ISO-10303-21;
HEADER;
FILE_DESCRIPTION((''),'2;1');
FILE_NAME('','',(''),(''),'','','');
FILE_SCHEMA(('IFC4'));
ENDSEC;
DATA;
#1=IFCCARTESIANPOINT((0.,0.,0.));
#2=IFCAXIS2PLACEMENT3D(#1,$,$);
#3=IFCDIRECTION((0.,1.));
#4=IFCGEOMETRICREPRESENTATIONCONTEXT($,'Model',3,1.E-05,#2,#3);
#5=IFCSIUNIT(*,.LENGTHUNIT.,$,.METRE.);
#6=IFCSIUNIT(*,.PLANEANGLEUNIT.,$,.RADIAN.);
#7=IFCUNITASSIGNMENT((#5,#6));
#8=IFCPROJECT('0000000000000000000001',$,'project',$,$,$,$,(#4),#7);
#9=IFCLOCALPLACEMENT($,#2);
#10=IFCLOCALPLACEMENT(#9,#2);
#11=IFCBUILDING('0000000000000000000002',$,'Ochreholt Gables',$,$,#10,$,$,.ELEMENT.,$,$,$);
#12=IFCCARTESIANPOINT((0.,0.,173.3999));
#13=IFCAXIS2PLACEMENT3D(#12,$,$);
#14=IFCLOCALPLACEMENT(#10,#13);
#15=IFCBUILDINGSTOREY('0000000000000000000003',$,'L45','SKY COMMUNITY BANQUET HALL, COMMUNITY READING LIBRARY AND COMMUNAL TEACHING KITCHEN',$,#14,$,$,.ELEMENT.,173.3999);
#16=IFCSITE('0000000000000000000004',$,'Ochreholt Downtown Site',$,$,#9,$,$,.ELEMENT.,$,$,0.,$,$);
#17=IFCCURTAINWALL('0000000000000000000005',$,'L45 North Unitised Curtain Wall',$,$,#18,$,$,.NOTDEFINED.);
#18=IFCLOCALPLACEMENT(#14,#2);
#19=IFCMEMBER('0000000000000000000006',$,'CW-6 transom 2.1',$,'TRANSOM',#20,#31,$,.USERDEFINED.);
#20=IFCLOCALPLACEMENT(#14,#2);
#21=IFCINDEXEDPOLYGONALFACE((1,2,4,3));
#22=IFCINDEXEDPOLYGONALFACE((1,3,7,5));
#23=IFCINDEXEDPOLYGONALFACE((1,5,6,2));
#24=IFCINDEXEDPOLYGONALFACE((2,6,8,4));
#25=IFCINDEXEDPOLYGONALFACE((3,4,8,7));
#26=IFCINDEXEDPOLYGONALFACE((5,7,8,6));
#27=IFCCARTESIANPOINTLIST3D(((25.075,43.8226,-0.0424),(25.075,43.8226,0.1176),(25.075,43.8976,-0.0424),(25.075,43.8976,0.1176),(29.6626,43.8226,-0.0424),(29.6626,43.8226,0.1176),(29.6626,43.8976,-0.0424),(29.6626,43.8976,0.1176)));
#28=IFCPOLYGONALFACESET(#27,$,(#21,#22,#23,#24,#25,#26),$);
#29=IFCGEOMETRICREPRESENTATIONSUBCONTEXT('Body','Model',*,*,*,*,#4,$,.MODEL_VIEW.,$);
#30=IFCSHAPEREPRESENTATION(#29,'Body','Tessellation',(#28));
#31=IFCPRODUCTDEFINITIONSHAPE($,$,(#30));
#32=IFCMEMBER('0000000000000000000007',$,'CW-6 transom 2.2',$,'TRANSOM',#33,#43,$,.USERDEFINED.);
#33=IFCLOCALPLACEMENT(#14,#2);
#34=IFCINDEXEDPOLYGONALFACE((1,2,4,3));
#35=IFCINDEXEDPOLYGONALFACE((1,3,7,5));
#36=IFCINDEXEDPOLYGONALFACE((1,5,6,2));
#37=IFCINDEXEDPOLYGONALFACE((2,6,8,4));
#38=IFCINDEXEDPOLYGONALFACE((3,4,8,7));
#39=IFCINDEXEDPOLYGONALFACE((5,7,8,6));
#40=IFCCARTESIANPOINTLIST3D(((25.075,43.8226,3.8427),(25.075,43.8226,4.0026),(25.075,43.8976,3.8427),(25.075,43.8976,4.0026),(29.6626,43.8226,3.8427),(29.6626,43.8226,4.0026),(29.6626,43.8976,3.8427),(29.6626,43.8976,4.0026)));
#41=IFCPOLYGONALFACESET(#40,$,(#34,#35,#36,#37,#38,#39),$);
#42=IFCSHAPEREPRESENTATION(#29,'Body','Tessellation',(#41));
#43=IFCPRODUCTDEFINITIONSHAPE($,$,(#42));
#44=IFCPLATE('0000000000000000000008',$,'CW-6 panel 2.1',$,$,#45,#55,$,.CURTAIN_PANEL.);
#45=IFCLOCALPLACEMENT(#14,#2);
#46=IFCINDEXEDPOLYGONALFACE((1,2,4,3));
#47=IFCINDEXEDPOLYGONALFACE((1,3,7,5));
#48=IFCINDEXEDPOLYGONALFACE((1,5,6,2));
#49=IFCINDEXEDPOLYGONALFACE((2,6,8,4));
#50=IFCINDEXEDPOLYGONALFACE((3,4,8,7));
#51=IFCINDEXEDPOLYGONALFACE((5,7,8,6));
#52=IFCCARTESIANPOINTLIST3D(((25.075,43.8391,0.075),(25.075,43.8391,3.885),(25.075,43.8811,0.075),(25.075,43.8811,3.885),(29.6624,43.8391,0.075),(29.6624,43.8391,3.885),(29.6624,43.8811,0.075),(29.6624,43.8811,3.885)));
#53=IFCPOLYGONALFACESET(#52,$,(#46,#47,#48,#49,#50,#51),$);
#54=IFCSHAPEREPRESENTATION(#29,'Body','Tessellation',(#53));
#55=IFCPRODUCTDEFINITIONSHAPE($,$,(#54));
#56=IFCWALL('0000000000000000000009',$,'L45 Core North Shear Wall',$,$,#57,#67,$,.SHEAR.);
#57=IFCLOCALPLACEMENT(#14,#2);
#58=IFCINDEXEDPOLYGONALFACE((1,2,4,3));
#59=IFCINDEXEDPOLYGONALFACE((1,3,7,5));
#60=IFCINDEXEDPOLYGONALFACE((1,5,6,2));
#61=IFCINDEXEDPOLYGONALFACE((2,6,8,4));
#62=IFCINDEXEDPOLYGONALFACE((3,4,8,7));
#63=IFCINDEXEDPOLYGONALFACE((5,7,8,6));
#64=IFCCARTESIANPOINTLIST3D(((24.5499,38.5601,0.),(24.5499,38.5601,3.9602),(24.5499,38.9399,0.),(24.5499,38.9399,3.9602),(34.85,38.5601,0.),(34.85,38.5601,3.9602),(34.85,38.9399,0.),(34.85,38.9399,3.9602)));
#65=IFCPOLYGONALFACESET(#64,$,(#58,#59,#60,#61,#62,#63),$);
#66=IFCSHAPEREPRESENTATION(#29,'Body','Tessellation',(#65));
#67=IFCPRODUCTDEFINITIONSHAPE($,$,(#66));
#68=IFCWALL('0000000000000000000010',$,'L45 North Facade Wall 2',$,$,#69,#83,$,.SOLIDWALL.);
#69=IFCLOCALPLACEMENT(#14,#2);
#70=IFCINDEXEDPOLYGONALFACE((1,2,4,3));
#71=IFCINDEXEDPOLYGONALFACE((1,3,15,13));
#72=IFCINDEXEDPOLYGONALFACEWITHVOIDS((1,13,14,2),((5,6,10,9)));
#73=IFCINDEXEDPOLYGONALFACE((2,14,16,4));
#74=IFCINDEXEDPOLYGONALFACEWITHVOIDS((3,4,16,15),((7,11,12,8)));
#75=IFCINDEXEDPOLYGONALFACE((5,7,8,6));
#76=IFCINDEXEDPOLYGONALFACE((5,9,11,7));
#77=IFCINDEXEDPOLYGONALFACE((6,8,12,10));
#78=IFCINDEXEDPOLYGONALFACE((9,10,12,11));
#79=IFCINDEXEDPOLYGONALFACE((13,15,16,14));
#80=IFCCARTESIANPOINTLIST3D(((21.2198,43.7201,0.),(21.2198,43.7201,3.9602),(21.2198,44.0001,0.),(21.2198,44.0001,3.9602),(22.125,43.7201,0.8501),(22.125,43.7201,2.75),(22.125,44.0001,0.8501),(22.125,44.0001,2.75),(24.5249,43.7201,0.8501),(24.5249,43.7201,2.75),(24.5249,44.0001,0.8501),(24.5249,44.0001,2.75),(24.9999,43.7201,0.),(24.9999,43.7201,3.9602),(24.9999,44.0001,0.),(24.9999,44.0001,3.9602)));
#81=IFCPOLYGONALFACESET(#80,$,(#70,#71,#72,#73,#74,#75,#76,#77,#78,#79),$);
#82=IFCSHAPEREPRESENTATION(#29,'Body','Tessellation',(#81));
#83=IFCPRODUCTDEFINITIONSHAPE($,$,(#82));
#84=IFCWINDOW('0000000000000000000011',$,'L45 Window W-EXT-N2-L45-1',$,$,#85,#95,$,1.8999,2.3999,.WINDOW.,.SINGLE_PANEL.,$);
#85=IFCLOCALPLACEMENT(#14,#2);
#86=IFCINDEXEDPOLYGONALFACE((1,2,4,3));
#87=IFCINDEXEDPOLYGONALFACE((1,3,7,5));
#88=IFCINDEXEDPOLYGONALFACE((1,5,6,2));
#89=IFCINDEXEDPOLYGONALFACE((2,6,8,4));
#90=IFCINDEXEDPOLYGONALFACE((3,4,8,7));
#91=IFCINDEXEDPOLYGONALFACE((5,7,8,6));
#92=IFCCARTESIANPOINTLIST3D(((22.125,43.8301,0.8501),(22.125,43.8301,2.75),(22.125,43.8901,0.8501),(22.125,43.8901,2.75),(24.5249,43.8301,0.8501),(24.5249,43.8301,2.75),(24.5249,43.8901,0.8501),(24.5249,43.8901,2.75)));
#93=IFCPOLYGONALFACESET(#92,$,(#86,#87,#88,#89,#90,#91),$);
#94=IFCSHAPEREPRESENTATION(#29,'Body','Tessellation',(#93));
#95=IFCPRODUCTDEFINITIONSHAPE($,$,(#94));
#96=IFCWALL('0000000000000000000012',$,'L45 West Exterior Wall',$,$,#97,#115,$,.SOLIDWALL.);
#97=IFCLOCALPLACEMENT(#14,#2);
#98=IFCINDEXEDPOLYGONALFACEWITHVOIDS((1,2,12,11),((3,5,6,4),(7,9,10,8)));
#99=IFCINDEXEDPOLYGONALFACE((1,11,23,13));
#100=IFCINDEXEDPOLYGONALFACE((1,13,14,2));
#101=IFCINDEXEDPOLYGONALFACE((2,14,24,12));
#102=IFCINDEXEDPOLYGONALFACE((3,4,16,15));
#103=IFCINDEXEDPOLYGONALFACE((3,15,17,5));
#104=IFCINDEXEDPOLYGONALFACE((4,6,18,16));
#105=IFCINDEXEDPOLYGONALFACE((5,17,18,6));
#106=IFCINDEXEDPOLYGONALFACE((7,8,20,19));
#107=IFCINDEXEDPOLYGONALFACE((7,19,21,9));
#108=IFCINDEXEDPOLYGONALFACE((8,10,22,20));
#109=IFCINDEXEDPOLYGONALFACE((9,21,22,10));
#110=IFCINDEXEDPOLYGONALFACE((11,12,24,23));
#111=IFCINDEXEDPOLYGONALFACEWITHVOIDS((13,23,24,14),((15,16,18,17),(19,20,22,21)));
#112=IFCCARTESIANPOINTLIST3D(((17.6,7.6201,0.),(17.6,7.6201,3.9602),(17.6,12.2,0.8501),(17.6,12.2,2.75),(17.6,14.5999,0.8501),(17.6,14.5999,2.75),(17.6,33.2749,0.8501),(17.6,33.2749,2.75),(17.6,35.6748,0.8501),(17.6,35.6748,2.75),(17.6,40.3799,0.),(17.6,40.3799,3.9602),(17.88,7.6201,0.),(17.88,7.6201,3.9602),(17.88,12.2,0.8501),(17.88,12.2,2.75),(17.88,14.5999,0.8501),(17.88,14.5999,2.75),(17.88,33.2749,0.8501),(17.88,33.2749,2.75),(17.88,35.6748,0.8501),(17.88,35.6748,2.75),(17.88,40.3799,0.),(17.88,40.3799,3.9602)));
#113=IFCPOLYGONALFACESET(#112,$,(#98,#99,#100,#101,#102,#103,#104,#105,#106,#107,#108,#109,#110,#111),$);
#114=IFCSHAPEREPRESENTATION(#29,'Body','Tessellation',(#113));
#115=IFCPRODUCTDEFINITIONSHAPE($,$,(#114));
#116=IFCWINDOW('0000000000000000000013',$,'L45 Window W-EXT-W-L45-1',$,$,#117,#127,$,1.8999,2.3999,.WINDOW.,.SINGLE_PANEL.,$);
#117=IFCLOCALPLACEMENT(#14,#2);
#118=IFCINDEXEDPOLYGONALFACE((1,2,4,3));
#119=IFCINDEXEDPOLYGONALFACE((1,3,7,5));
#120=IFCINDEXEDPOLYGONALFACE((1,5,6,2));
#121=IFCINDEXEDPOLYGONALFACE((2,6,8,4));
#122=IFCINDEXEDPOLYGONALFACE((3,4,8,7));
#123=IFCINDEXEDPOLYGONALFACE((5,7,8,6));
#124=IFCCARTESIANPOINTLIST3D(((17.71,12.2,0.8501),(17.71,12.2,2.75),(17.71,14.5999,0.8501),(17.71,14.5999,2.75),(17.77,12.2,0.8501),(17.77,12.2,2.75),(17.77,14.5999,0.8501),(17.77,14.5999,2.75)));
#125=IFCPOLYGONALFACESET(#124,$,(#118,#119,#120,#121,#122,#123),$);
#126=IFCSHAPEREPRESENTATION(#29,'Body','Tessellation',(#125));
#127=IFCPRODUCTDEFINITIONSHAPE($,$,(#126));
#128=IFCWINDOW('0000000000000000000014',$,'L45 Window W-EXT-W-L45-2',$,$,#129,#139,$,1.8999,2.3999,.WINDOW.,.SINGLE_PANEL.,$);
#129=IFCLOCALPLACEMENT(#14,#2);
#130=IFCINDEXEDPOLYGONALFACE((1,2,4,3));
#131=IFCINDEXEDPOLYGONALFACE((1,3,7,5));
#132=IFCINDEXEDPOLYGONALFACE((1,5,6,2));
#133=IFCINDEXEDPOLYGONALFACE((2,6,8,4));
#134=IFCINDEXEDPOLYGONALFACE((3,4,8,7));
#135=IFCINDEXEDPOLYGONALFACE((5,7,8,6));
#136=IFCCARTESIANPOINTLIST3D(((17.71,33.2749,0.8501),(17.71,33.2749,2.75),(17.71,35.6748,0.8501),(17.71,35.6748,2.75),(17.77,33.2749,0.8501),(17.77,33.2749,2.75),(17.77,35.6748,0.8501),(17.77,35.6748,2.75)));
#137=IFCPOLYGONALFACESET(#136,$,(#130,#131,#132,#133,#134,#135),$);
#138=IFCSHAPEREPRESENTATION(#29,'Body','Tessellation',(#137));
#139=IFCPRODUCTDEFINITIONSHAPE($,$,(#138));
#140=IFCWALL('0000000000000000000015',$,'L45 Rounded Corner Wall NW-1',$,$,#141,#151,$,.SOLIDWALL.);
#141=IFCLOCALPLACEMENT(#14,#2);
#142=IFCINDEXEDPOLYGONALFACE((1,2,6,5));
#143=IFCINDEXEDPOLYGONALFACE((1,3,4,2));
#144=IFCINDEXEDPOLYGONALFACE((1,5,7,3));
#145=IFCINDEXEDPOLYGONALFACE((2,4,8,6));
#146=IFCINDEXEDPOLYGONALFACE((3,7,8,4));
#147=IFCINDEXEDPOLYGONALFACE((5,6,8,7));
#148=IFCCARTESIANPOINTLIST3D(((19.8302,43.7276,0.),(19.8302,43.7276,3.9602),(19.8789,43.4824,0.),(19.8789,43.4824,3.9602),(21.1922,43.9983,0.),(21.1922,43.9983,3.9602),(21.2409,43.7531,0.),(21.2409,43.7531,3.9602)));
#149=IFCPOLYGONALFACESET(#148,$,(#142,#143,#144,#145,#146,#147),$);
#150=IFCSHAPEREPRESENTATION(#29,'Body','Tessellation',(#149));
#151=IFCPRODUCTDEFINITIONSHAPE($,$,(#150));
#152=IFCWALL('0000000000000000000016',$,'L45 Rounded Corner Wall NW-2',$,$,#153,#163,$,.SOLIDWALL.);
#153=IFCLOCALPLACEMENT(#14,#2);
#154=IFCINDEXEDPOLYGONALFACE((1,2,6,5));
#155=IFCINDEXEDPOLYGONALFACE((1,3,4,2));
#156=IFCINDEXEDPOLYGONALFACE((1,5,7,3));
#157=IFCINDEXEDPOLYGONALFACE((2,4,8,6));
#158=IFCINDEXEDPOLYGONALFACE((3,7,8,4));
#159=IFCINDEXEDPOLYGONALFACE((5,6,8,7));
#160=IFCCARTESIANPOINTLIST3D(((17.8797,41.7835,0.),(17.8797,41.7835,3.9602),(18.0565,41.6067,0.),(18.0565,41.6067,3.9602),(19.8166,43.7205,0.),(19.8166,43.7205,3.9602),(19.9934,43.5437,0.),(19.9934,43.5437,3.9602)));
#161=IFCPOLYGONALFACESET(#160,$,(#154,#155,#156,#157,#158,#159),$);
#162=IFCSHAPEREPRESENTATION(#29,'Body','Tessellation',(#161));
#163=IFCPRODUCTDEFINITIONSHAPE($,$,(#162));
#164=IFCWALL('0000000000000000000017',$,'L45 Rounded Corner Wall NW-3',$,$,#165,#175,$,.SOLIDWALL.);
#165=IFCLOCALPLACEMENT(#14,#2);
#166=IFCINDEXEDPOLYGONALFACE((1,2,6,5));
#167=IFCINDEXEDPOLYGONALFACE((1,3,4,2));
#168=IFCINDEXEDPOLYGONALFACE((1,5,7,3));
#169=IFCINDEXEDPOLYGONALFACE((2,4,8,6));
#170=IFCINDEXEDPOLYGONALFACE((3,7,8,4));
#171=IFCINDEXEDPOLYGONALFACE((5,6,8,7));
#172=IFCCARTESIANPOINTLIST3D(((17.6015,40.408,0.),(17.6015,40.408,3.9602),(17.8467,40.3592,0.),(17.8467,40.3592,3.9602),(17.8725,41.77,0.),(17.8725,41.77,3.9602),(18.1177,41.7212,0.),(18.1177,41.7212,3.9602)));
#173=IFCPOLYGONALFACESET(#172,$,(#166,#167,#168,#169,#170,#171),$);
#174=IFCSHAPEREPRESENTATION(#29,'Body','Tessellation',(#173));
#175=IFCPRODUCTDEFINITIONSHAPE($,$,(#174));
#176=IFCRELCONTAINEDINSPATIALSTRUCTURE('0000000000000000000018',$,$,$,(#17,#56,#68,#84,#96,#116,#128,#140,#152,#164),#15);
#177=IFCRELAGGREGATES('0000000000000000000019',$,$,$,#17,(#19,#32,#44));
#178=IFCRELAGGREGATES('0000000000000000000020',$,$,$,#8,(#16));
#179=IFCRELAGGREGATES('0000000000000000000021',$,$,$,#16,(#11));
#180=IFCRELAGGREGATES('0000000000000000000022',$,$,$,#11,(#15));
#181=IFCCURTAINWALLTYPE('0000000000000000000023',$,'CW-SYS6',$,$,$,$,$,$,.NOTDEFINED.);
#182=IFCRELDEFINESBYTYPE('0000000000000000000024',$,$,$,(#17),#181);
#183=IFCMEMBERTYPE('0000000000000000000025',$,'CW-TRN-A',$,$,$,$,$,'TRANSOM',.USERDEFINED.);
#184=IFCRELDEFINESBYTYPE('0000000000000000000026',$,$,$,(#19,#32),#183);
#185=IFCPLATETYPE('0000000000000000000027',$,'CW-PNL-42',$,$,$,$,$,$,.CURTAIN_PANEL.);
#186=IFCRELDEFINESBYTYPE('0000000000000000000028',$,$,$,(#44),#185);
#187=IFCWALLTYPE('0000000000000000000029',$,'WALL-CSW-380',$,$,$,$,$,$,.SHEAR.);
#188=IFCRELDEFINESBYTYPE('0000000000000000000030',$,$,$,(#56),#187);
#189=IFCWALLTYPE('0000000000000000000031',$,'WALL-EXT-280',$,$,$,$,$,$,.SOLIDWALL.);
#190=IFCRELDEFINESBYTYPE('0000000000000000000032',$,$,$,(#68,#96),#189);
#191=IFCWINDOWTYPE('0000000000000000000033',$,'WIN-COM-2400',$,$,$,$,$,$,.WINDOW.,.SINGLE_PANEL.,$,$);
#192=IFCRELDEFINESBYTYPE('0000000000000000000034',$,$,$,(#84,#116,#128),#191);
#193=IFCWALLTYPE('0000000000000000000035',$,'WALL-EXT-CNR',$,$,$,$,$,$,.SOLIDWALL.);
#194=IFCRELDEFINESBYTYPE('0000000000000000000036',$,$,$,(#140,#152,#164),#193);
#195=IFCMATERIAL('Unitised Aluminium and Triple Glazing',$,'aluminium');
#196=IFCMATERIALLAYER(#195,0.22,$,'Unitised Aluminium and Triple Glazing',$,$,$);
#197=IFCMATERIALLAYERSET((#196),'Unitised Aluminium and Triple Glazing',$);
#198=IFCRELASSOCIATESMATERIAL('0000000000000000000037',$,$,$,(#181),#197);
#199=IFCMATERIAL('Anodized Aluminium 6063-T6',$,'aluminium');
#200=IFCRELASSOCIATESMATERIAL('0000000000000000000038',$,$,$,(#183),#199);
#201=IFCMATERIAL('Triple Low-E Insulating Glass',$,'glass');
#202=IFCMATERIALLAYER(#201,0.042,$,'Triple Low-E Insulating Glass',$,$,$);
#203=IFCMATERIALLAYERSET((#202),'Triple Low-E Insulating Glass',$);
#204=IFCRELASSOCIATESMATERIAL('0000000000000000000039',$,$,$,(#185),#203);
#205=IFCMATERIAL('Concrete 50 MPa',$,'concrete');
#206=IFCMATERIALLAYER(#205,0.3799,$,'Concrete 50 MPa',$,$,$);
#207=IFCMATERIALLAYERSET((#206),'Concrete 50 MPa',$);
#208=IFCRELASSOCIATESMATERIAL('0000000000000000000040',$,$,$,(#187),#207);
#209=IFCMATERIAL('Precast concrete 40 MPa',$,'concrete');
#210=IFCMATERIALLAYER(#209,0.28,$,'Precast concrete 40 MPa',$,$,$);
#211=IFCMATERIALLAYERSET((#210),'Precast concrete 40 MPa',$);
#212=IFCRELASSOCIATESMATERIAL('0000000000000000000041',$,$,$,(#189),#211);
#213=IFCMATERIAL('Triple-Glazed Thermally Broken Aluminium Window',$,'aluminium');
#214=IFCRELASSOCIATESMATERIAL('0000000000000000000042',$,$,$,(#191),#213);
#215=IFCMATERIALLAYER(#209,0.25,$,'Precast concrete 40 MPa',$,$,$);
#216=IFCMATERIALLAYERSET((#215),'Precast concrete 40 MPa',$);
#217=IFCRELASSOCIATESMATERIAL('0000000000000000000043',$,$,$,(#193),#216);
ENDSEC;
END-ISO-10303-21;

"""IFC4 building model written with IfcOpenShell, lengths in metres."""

from ifc_helpers import new_model, si_unit, direction, frame, frame_2d, origin, origin_2d, place, context, subcontext, project, spatial, rectangle, extrude, material, layer, layer_set, material_profile, profile_set, type_object, element, fill, aggregate, save


model = new_model("IFC4")

# Units and contexts
model_context = context("Model", 3, precision=1e-05, world=origin(), true_north=direction((0.0, 1.0)))
body_context = subcontext(model_context, "Body", "Model", "MODEL_VIEW")
ifc_project = project(units=[si_unit("LENGTHUNIT", "METRE"), si_unit("PLANEANGLEUNIT", "RADIAN")], contexts=[model_context])

# Site, building, storey
site_placement = place(None, origin())
site = spatial("IfcSite", under=ifc_project, at=site_placement, Name="Ochreholt Downtown Site", CompositionType="ELEMENT", RefElevation=0.0)
building_placement = place(site_placement, origin())
building = spatial("IfcBuilding", under=site, at=building_placement, Name="Ochreholt Gables", CompositionType="ELEMENT")
storey_placement = place(building_placement, frame((0.0, 0.0, 173.3999)))
storey = spatial("IfcBuildingStorey", under=building, at=storey_placement, Name="L45", Description="SKY COMMUNITY BANQUET HALL, COMMUNITY READING LIBRARY AND COMMUNAL TEACHING KITCHEN", CompositionType="ELEMENT", Elevation=173.3999)

# Shared definitions
ifc_material_1 = material(Name="Concrete 50 MPa", Category="concrete")

# Curtain wall, members, plate
ifc_material_2 = material(Name="Unitised Aluminium and Triple Glazing", Category="aluminium")
ifc_layer_1 = layer(ifc_material_2, 0.22, Name="Unitised Aluminium and Triple Glazing")
ifc_layer_set_1 = layer_set([ifc_layer_1], Name="Unitised Aluminium and Triple Glazing")
curtain_wall_type = type_object("IfcCurtainWallType", Name="CW-SYS6", PredefinedType="NOTDEFINED", material=ifc_layer_set_1)
curtain_wall_placement = place(storey_placement, origin())
curtain_wall = element("IfcCurtainWall", 1, at=curtain_wall_placement, inside=storey, type_object=curtain_wall_type, Name="L45 North Unitised Curtain Wall", PredefinedType="NOTDEFINED")
ifc_material_3 = material(Name="Anodized Aluminium 6063-T6", Category="aluminium")
ifc_material_profile_1 = material_profile(ifc_material_3, rectangle(XDim=0.075, YDim=0.1599, at=origin_2d()), Name="CWT75X160")
ifc_profile_set_1 = profile_set([ifc_material_profile_1], Name="Anodized Aluminium 6063-T6")
member_type_1 = type_object("IfcMemberType", Name="CW-TRN-A", ElementType="TRANSOM", PredefinedType="USERDEFINED", material=ifc_profile_set_1)
member_1_placement = place(storey_placement, frame((29.6626, 43.8601, 0.0376), z_axis=(-1.0, 0.0, 0.0), x_axis=(0.0, -1.0, 0.0)))
member_1 = element("IfcMember", 2, at=member_1_placement, type_object=member_type_1, Name="CW-6 transom 2.1", ObjectType="TRANSOM", PredefinedType="USERDEFINED", context=body_context, shape_type="SweptSolid", body=[
    extrude(rectangle(XDim=0.075, YDim=0.1599, at=origin_2d()), origin(), (0.0, 0.0, 1.0), 4.5876),
])
member_2_placement = place(storey_placement, frame((29.6626, 43.8601, 3.9226), z_axis=(-1.0, 0.0, 0.0), x_axis=(0.0, -1.0, 0.0)))
member_2 = element("IfcMember", 3, at=member_2_placement, type_object=member_type_1, Name="CW-6 transom 2.2", ObjectType="TRANSOM", PredefinedType="USERDEFINED", context=body_context, shape_type="SweptSolid", body=[
    extrude(rectangle(XDim=0.075, YDim=0.1599, at=origin_2d()), origin(), (0.0, 0.0, 1.0), 4.5876),
])
ifc_material_4 = material(Name="Triple Low-E Insulating Glass", Category="glass")
ifc_layer_2 = layer(ifc_material_4, 0.042, Name="Triple Low-E Insulating Glass")
ifc_layer_set_2 = layer_set([ifc_layer_2], Name="Triple Low-E Insulating Glass")
plate_type = type_object("IfcPlateType", Name="CW-PNL-42", PredefinedType="CURTAIN_PANEL", material=ifc_layer_set_2)
plate_placement = place(storey_placement, frame((27.3687, 43.8601, 0.075), z_axis=(0.0, 0.0, 1.0), x_axis=(-1.0, 0.0, 0.0)))
plate = element("IfcPlate", 4, at=plate_placement, type_object=plate_type, Name="CW-6 panel 2.1", PredefinedType="CURTAIN_PANEL", context=body_context, shape_type="SweptSolid", body=[
    extrude(rectangle(XDim=4.5874, YDim=0.042, at=origin_2d()), origin(), (0.0, 0.0, 1.0), 3.8101),
])
aggregate(curtain_wall, [member_1, member_2, plate])

# Wall
ifc_layer_3 = layer(ifc_material_1, 0.3799, Name="Concrete 50 MPa")
ifc_layer_set_3 = layer_set([ifc_layer_3], Name="Concrete 50 MPa")
wall_type_1 = type_object("IfcWallType", Name="WALL-CSW-380", PredefinedType="SHEAR", material=ifc_layer_set_3)
wall_1_placement = place(storey_placement, frame((24.55, 38.75, 0.0), z_axis=(0.0, 0.0, 1.0), x_axis=(1.0, 0.0, 0.0)))
element("IfcWall", 5, at=wall_1_placement, inside=storey, type_object=wall_type_1, Name="L45 Core North Shear Wall", PredefinedType="SHEAR", context=body_context, shape_type="SweptSolid", body=[
    extrude(rectangle(XDim=10.3, YDim=0.3799, at=frame_2d((5.1499, 0.0))), origin(), (0.0, 0.0, 1.0), 3.9602),
])

# Wall, opening, window
ifc_material_5 = material(Name="Precast concrete 40 MPa", Category="concrete")
ifc_layer_4 = layer(ifc_material_5, 0.28, Name="Precast concrete 40 MPa")
ifc_layer_set_4 = layer_set([ifc_layer_4], Name="Precast concrete 40 MPa")
wall_type_2 = type_object("IfcWallType", Name="WALL-EXT-280", PredefinedType="SOLIDWALL", material=ifc_layer_set_4)
wall_2_placement = place(storey_placement, frame((25.0, 43.8601, 0.0), z_axis=(0.0, 0.0, 1.0), x_axis=(-1.0, 0.0, 0.0)))
wall_2 = element("IfcWall", 6, at=wall_2_placement, inside=storey, type_object=wall_type_2, Name="L45 North Facade Wall 2", PredefinedType="SOLIDWALL", context=body_context, shape_type="SweptSolid", body=[
    extrude(rectangle(XDim=3.78, YDim=0.28, at=frame_2d((1.8901, 0.0))), origin(), (0.0, 0.0, 1.0), 3.9602),
])
opening_1_placement = place(wall_2_placement, frame((0.4751, 0.0, 0.8501)))
opening_1 = element("IfcOpeningElement", 7, at=opening_1_placement, cuts=wall_2, PredefinedType="OPENING", context=body_context, shape_type="SweptSolid", body=[
    extrude(rectangle(XDim=2.3999, YDim=1.8999, at=frame_2d((1.2, 0.95))), frame((0.0, 0.1499, 0.0), z_axis=(0.0, -1.0, 0.0), x_axis=(1.0, 0.0, 0.0)), (0.0, 0.0, 1.0), 0.3),
])
ifc_material_6 = material(Name="Triple-Glazed Thermally Broken Aluminium Window", Category="aluminium")
window_type = type_object("IfcWindowType", Name="WIN-COM-2400", PartitioningType="SINGLE_PANEL", PredefinedType="WINDOW", material=ifc_material_6)
window_1_placement = place(opening_1_placement, origin())
window_1 = element("IfcWindow", 8, at=window_1_placement, inside=storey, type_object=window_type, Name="L45 Window W-EXT-N2-L45-1", OverallHeight=1.8999, OverallWidth=2.3999, PartitioningType="SINGLE_PANEL", PredefinedType="WINDOW", context=body_context, shape_type="SweptSolid", body=[
    extrude(rectangle(XDim=2.3999, YDim=1.8999, at=frame_2d((1.2, 0.95))), frame((0.0, 0.03, 0.0), z_axis=(0.0, -1.0, 0.0), x_axis=(1.0, 0.0, 0.0)), (0.0, 0.0, 1.0), 0.0601),
])
fill(opening_1, window_1)

# Wall, openings, windows
wall_3_placement = place(storey_placement, frame((17.74, 40.3799, 0.0), z_axis=(0.0, 0.0, 1.0), x_axis=(0.0, -1.0, 0.0)))
wall_3 = element("IfcWall", 9, at=wall_3_placement, inside=storey, type_object=wall_type_2, Name="L45 West Exterior Wall", PredefinedType="SOLIDWALL", context=body_context, shape_type="SweptSolid", body=[
    extrude(rectangle(XDim=32.7598, YDim=0.28, at=frame_2d((16.3799, 0.0))), origin(), (0.0, 0.0, 1.0), 3.9602),
])
opening_2_placement = place(wall_3_placement, frame((25.78, 0.0, 0.8501)))
opening_2 = element("IfcOpeningElement", 10, at=opening_2_placement, cuts=wall_3, PredefinedType="OPENING", context=body_context, shape_type="SweptSolid", body=[
    extrude(rectangle(XDim=2.3999, YDim=1.8999, at=frame_2d((1.2, 0.95))), frame((0.0, 0.1499, 0.0), z_axis=(0.0, -1.0, 0.0), x_axis=(1.0, 0.0, 0.0)), (0.0, 0.0, 1.0), 0.3),
])
opening_3_placement = place(wall_3_placement, frame((4.7051, 0.0, 0.8501)))
opening_3 = element("IfcOpeningElement", 11, at=opening_3_placement, cuts=wall_3, PredefinedType="OPENING", context=body_context, shape_type="SweptSolid", body=[
    extrude(rectangle(XDim=2.3999, YDim=1.8999, at=frame_2d((1.2, 0.95))), frame((0.0, 0.1499, 0.0), z_axis=(0.0, -1.0, 0.0), x_axis=(1.0, 0.0, 0.0)), (0.0, 0.0, 1.0), 0.3),
])
window_2_placement = place(opening_2_placement, origin())
window_2 = element("IfcWindow", 12, at=window_2_placement, inside=storey, type_object=window_type, Name="L45 Window W-EXT-W-L45-1", OverallHeight=1.8999, OverallWidth=2.3999, PartitioningType="SINGLE_PANEL", PredefinedType="WINDOW", context=body_context, shape_type="SweptSolid", body=[
    extrude(rectangle(XDim=2.3999, YDim=1.8999, at=frame_2d((1.2, 0.95))), frame((0.0, 0.03, 0.0), z_axis=(0.0, -1.0, 0.0), x_axis=(1.0, 0.0, 0.0)), (0.0, 0.0, 1.0), 0.0601),
])
fill(opening_2, window_2)
window_3_placement = place(opening_3_placement, origin())
window_3 = element("IfcWindow", 13, at=window_3_placement, inside=storey, type_object=window_type, Name="L45 Window W-EXT-W-L45-2", OverallHeight=1.8999, OverallWidth=2.3999, PartitioningType="SINGLE_PANEL", PredefinedType="WINDOW", context=body_context, shape_type="SweptSolid", body=[
    extrude(rectangle(XDim=2.3999, YDim=1.8999, at=frame_2d((1.2, 0.95))), frame((0.0, 0.03, 0.0), z_axis=(0.0, -1.0, 0.0), x_axis=(1.0, 0.0, 0.0)), (0.0, 0.0, 1.0), 0.0601),
])
fill(opening_3, window_3)

# Walls
ifc_layer_5 = layer(ifc_material_5, 0.25, Name="Precast concrete 40 MPa")
ifc_layer_set_5 = layer_set([ifc_layer_5], Name="Precast concrete 40 MPa")
wall_type_3 = type_object("IfcWallType", Name="WALL-EXT-CNR", PredefinedType="SOLIDWALL", material=ifc_layer_set_5)
wall_4_placement = place(storey_placement, frame((21.2166, 43.8757, 0.0), z_axis=(0.0, 0.0, 1.0), x_axis=(-0.98081, -0.194967, 0.0)))
element("IfcWall", 14, at=wall_4_placement, inside=storey, type_object=wall_type_3, Name="L45 Rounded Corner Wall NW-1", PredefinedType="SOLIDWALL", context=body_context, shape_type="SweptSolid", body=[
    extrude(rectangle(XDim=1.3887, YDim=0.25, at=frame_2d((0.6943, 0.0))), origin(), (0.0, 0.0, 1.0), 3.9602),
])
wall_5_placement = place(storey_placement, frame((19.905, 43.6321, 0.0), z_axis=(0.0, 0.0, 1.0), x_axis=(-0.707107, -0.707107, 0.0)))
element("IfcWall", 15, at=wall_5_placement, inside=storey, type_object=wall_type_3, Name="L45 Rounded Corner Wall NW-2", PredefinedType="SOLIDWALL", context=body_context, shape_type="SweptSolid", body=[
    extrude(rectangle(XDim=2.7393, YDim=0.25, at=frame_2d((1.3696, 0.0))), origin(), (0.0, 0.0, 1.0), 3.9602),
])
wall_6_placement = place(storey_placement, frame((17.9951, 41.7456, 0.0), z_axis=(0.0, 0.0, 1.0), x_axis=(-0.195136, -0.980776, 0.0)))
element("IfcWall", 16, at=wall_6_placement, inside=storey, type_object=wall_type_3, Name="L45 Rounded Corner Wall NW-3", PredefinedType="SOLIDWALL", context=body_context, shape_type="SweptSolid", body=[
    extrude(rectangle(XDim=1.3887, YDim=0.25, at=frame_2d((0.6943, 0.0))), origin(), (0.0, 0.0, 1.0), 3.9602),
])

save(model, "model.ifc")
